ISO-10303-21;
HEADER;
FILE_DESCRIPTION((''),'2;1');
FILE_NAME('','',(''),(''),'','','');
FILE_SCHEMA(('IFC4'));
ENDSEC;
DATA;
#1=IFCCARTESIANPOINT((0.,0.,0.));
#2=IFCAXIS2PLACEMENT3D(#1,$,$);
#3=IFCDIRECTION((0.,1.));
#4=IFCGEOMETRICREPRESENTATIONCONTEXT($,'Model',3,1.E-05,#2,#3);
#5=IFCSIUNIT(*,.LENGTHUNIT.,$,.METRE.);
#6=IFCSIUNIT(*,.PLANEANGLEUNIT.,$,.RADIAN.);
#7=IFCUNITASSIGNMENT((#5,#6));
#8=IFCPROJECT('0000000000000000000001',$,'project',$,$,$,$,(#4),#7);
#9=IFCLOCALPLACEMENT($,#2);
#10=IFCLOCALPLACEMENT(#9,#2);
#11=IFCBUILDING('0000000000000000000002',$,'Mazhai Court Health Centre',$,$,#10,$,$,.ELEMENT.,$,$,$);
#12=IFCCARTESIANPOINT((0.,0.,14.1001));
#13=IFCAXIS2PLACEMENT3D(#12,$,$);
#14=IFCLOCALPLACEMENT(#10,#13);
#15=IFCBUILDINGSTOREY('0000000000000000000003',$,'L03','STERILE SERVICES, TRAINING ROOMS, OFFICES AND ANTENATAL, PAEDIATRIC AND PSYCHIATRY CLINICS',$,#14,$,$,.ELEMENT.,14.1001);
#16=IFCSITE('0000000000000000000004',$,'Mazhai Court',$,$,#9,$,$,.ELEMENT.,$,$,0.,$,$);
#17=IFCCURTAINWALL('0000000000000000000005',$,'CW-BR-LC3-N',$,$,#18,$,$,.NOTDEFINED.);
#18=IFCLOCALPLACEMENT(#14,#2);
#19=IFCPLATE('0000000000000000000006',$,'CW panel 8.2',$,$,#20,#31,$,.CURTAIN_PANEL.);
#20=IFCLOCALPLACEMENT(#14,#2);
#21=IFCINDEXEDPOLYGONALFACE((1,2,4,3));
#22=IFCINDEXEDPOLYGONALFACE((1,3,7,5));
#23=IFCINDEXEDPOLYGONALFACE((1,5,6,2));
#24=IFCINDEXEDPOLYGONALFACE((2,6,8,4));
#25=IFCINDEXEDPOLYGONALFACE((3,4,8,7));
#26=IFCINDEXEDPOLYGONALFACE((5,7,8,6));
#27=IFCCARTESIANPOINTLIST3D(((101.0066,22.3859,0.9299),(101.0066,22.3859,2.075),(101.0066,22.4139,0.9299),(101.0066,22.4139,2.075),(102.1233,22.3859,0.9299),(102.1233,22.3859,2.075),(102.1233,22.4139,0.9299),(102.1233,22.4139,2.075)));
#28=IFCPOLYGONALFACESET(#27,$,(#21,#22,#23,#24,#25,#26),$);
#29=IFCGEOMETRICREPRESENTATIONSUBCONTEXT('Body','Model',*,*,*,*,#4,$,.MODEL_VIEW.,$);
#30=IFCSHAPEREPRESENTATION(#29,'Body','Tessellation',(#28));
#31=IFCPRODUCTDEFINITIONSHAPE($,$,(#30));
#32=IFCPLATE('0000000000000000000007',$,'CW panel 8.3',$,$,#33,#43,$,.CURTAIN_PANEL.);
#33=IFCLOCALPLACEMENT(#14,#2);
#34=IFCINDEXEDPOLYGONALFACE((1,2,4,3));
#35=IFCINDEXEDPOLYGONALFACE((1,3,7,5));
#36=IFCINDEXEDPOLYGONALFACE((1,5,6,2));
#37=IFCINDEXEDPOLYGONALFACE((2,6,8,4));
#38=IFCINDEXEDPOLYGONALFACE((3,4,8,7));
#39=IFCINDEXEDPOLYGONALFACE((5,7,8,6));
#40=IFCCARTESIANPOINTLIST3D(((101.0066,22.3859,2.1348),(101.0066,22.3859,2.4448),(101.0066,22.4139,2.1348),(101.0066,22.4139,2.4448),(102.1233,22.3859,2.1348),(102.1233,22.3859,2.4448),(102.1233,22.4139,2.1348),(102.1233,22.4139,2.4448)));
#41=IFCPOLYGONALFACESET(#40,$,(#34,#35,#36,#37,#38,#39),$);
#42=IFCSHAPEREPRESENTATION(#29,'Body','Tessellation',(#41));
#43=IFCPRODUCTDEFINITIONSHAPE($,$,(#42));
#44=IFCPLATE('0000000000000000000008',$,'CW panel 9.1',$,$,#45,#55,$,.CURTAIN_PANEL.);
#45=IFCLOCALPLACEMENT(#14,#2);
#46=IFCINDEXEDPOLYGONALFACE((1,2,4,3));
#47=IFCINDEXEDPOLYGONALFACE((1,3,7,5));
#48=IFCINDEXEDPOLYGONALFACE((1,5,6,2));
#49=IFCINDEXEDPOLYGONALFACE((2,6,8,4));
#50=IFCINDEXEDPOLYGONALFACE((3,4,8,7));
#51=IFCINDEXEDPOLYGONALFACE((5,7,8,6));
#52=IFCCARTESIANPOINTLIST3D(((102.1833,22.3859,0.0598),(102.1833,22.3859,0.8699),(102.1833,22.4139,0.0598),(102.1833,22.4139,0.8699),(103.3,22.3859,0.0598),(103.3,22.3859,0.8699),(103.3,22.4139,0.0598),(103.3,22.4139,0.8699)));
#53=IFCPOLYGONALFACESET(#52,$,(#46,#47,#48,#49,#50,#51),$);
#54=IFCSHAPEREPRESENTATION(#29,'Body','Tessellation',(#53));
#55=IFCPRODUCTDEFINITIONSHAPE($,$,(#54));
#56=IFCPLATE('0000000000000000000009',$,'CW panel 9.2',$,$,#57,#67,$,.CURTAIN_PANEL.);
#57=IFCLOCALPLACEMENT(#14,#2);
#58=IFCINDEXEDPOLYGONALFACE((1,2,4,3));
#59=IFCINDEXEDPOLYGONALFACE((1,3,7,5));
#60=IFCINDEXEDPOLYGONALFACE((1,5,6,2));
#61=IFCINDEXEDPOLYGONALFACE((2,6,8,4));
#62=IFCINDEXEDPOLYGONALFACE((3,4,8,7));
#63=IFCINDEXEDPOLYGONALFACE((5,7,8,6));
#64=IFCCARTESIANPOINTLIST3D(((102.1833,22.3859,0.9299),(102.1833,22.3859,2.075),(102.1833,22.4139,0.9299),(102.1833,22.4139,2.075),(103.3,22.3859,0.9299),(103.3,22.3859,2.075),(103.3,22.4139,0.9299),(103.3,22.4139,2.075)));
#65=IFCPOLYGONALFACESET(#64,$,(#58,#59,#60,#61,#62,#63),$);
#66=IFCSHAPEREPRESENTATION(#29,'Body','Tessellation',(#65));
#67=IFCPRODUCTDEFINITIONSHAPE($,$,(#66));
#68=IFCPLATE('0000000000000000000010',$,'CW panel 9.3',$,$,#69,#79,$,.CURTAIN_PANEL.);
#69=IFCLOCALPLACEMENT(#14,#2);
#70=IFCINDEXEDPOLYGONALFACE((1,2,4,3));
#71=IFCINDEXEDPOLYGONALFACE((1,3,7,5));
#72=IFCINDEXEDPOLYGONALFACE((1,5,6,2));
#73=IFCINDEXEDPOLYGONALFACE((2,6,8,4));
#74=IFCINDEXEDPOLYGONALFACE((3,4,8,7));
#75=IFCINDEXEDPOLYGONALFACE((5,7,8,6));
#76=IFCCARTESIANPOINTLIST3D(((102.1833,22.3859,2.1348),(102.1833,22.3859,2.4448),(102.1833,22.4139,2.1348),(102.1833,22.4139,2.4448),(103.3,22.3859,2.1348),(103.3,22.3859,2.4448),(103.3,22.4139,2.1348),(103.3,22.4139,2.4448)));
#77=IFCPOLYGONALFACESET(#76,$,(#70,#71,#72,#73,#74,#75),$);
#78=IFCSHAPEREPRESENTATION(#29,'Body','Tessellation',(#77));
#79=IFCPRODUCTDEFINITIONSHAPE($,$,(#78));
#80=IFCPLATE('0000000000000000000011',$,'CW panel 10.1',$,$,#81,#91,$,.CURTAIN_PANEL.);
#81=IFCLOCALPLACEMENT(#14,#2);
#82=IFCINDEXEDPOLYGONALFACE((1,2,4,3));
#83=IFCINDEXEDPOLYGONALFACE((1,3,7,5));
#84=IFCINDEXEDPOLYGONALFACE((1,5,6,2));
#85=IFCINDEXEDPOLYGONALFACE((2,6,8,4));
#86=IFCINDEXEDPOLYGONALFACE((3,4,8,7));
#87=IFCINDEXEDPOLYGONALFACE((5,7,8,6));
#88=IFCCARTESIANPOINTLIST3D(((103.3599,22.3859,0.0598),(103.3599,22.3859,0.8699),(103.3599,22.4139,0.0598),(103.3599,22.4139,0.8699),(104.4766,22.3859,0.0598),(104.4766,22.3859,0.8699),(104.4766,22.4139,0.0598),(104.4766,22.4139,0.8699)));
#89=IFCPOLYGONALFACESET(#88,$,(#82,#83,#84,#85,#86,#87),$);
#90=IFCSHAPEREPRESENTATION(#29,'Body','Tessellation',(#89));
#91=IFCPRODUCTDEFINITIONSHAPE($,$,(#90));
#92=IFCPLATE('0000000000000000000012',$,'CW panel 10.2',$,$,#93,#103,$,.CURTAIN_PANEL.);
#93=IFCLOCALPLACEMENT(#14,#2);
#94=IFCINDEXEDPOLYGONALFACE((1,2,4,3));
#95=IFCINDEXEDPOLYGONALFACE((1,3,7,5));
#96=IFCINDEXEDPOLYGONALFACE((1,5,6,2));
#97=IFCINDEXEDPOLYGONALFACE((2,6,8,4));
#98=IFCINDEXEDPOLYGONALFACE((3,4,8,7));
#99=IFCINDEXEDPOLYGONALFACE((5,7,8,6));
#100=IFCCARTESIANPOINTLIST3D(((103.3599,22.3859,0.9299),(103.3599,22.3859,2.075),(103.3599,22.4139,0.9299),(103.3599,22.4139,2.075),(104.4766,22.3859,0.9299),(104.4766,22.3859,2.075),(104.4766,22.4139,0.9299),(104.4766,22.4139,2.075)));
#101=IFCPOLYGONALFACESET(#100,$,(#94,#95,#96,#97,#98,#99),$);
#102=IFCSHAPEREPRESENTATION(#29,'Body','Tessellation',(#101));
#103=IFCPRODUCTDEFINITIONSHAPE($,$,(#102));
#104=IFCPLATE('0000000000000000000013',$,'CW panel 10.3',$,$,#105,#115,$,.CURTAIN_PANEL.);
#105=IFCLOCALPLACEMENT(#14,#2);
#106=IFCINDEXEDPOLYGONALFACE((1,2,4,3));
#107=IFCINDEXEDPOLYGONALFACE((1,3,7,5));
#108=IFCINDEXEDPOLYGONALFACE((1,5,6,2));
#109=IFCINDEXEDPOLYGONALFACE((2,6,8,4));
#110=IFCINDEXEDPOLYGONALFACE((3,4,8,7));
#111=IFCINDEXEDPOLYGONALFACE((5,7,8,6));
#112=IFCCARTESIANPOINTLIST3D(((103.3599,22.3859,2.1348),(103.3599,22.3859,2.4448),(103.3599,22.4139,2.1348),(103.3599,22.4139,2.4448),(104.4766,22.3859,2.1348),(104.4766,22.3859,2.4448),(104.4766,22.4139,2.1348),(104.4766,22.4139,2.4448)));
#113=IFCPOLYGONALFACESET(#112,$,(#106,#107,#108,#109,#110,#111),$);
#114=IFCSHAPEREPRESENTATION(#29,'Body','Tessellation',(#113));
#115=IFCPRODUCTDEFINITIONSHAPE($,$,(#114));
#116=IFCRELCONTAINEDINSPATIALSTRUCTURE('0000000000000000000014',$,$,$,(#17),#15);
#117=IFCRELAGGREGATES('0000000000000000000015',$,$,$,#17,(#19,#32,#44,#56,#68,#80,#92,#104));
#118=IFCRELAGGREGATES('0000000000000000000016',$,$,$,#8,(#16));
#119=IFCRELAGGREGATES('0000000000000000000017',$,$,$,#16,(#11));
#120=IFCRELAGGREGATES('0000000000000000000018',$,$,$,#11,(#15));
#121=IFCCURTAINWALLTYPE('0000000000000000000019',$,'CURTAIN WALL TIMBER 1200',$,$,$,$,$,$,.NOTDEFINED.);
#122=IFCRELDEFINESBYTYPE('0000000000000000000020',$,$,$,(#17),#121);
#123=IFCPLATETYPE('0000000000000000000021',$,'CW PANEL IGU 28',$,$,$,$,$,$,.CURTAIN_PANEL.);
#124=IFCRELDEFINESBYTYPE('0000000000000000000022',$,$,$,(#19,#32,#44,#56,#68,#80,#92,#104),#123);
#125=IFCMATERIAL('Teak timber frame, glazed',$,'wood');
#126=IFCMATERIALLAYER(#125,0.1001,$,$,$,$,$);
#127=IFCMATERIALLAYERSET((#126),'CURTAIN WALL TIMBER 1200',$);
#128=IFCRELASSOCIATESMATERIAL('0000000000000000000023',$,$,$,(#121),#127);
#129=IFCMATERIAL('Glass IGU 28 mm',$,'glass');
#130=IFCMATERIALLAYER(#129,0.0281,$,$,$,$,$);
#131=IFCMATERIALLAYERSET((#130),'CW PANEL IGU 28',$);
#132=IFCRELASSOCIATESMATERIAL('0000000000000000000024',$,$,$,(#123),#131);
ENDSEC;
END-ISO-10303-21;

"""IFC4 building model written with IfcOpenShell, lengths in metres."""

from ifc_helpers import new_model, si_unit, direction, frame, origin, origin_2d, place, context, subcontext, project, spatial, rectangle, extrude, material, layer, layer_set, type_object, element, aggregate, save


model = new_model("IFC4")

# Units and contexts
model_context = context("Model", 3, precision=1e-05, world=origin(), true_north=direction((0.0, 1.0)))
body_context = subcontext(model_context, "Body", "Model", "MODEL_VIEW")
ifc_project = project(units=[si_unit("LENGTHUNIT", "METRE"), si_unit("PLANEANGLEUNIT", "RADIAN")], contexts=[model_context])

# Site, building, storey
site_placement = place(None, origin())
site = spatial("IfcSite", under=ifc_project, at=site_placement, Name="Mazhai Court", CompositionType="ELEMENT", RefElevation=0.0)
building_placement = place(site_placement, origin())
building = spatial("IfcBuilding", under=site, at=building_placement, Name="Mazhai Court Health Centre", CompositionType="ELEMENT")
storey_placement = place(building_placement, frame((0.0, 0.0, 14.1001)))
storey = spatial("IfcBuildingStorey", under=building, at=storey_placement, Name="L03", Description="STERILE SERVICES, TRAINING ROOMS, OFFICES AND ANTENATAL, PAEDIATRIC AND PSYCHIATRY CLINICS", CompositionType="ELEMENT", Elevation=14.1001)

# Shared definitions
ifc_material_1 = material(Name="Teak timber frame, glazed", Category="wood")
ifc_layer_1 = layer(ifc_material_1, 0.1001)
ifc_layer_set_1 = layer_set([ifc_layer_1], Name="CURTAIN WALL TIMBER 1200")
curtain_wall_type = type_object("IfcCurtainWallType", Name="CURTAIN WALL TIMBER 1200", PredefinedType="NOTDEFINED", material=ifc_layer_set_1)

# Curtain wall, plates
curtain_wall_1_placement = place(storey_placement, origin())
curtain_wall_1 = element("IfcCurtainWall", 1, at=curtain_wall_1_placement, inside=storey, type_object=curtain_wall_type, Name="CW-BR-LC3-N", PredefinedType="NOTDEFINED")
ifc_material_2 = material(Name="Glass IGU 28 mm", Category="glass")
ifc_layer_2 = layer(ifc_material_2, 0.0281)
ifc_layer_set_2 = layer_set([ifc_layer_2], Name="CW PANEL IGU 28")
plate_type = type_object("IfcPlateType", Name="CW PANEL IGU 28", PredefinedType="CURTAIN_PANEL", material=ifc_layer_set_2)
plate_1_placement = place(storey_placement, frame((101.5649, 22.3999, 0.9299), z_axis=(0.0, 0.0, 1.0), x_axis=(1.0, 0.0, 0.0)))
plate_1 = element("IfcPlate", 2, at=plate_1_placement, type_object=plate_type, Name="CW panel 8.2", PredefinedType="CURTAIN_PANEL", context=body_context, shape_type="SweptSolid", body=[
    extrude(rectangle(XDim=1.1167, YDim=0.0281, at=origin_2d()), origin(), (0.0, 0.0, 1.0), 1.145),
])
plate_2_placement = place(storey_placement, frame((101.5649, 22.3999, 2.1348), z_axis=(0.0, 0.0, 1.0), x_axis=(1.0, 0.0, 0.0)))
plate_2 = element("IfcPlate", 3, at=plate_2_placement, type_object=plate_type, Name="CW panel 8.3", PredefinedType="CURTAIN_PANEL", context=body_context, shape_type="SweptSolid", body=[
    extrude(rectangle(XDim=1.1167, YDim=0.0281, at=origin_2d()), origin(), (0.0, 0.0, 1.0), 0.3101),
])
plate_3_placement = place(storey_placement, frame((102.7417, 22.3999, 0.0598), z_axis=(0.0, 0.0, 1.0), x_axis=(1.0, 0.0, 0.0)))
plate_3 = element("IfcPlate", 4, at=plate_3_placement, type_object=plate_type, Name="CW panel 9.1", PredefinedType="CURTAIN_PANEL", context=body_context, shape_type="SweptSolid", body=[
    extrude(rectangle(XDim=1.1167, YDim=0.0281, at=origin_2d()), origin(), (0.0, 0.0, 1.0), 0.8101),
])
plate_4_placement = place(storey_placement, frame((102.7417, 22.3999, 0.9299), z_axis=(0.0, 0.0, 1.0), x_axis=(1.0, 0.0, 0.0)))
plate_4 = element("IfcPlate", 5, at=plate_4_placement, type_object=plate_type, Name="CW panel 9.2", PredefinedType="CURTAIN_PANEL", context=body_context, shape_type="SweptSolid", body=[
    extrude(rectangle(XDim=1.1167, YDim=0.0281, at=origin_2d()), origin(), (0.0, 0.0, 1.0), 1.145),
])
plate_5_placement = place(storey_placement, frame((102.7417, 22.3999, 2.1348), z_axis=(0.0, 0.0, 1.0), x_axis=(1.0, 0.0, 0.0)))
plate_5 = element("IfcPlate", 6, at=plate_5_placement, type_object=plate_type, Name="CW panel 9.3", PredefinedType="CURTAIN_PANEL", context=body_context, shape_type="SweptSolid", body=[
    extrude(rectangle(XDim=1.1167, YDim=0.0281, at=origin_2d()), origin(), (0.0, 0.0, 1.0), 0.3101),
])
plate_6_placement = place(storey_placement, frame((103.9182, 22.3999, 0.0598), z_axis=(0.0, 0.0, 1.0), x_axis=(1.0, 0.0, 0.0)))
plate_6 = element("IfcPlate", 7, at=plate_6_placement, type_object=plate_type, Name="CW panel 10.1", PredefinedType="CURTAIN_PANEL", context=body_context, shape_type="SweptSolid", body=[
    extrude(rectangle(XDim=1.1167, YDim=0.0281, at=origin_2d()), origin(), (0.0, 0.0, 1.0), 0.8101),
])
plate_7_placement = place(storey_placement, frame((103.9182, 22.3999, 0.9299), z_axis=(0.0, 0.0, 1.0), x_axis=(1.0, 0.0, 0.0)))
plate_7 = element("IfcPlate", 8, at=plate_7_placement, type_object=plate_type, Name="CW panel 10.2", PredefinedType="CURTAIN_PANEL", context=body_context, shape_type="SweptSolid", body=[
    extrude(rectangle(XDim=1.1167, YDim=0.0281, at=origin_2d()), origin(), (0.0, 0.0, 1.0), 1.145),
])
plate_8_placement = place(storey_placement, frame((103.9182, 22.3999, 2.1348), z_axis=(0.0, 0.0, 1.0), x_axis=(1.0, 0.0, 0.0)))
plate_8 = element("IfcPlate", 9, at=plate_8_placement, type_object=plate_type, Name="CW panel 10.3", PredefinedType="CURTAIN_PANEL", context=body_context, shape_type="SweptSolid", body=[
    extrude(rectangle(XDim=1.1167, YDim=0.0281, at=origin_2d()), origin(), (0.0, 0.0, 1.0), 0.3101),
])
aggregate(curtain_wall_1, [plate_1, plate_2, plate_3, plate_4, plate_5, plate_6, plate_7, plate_8])

save(model, "model.ifc")
